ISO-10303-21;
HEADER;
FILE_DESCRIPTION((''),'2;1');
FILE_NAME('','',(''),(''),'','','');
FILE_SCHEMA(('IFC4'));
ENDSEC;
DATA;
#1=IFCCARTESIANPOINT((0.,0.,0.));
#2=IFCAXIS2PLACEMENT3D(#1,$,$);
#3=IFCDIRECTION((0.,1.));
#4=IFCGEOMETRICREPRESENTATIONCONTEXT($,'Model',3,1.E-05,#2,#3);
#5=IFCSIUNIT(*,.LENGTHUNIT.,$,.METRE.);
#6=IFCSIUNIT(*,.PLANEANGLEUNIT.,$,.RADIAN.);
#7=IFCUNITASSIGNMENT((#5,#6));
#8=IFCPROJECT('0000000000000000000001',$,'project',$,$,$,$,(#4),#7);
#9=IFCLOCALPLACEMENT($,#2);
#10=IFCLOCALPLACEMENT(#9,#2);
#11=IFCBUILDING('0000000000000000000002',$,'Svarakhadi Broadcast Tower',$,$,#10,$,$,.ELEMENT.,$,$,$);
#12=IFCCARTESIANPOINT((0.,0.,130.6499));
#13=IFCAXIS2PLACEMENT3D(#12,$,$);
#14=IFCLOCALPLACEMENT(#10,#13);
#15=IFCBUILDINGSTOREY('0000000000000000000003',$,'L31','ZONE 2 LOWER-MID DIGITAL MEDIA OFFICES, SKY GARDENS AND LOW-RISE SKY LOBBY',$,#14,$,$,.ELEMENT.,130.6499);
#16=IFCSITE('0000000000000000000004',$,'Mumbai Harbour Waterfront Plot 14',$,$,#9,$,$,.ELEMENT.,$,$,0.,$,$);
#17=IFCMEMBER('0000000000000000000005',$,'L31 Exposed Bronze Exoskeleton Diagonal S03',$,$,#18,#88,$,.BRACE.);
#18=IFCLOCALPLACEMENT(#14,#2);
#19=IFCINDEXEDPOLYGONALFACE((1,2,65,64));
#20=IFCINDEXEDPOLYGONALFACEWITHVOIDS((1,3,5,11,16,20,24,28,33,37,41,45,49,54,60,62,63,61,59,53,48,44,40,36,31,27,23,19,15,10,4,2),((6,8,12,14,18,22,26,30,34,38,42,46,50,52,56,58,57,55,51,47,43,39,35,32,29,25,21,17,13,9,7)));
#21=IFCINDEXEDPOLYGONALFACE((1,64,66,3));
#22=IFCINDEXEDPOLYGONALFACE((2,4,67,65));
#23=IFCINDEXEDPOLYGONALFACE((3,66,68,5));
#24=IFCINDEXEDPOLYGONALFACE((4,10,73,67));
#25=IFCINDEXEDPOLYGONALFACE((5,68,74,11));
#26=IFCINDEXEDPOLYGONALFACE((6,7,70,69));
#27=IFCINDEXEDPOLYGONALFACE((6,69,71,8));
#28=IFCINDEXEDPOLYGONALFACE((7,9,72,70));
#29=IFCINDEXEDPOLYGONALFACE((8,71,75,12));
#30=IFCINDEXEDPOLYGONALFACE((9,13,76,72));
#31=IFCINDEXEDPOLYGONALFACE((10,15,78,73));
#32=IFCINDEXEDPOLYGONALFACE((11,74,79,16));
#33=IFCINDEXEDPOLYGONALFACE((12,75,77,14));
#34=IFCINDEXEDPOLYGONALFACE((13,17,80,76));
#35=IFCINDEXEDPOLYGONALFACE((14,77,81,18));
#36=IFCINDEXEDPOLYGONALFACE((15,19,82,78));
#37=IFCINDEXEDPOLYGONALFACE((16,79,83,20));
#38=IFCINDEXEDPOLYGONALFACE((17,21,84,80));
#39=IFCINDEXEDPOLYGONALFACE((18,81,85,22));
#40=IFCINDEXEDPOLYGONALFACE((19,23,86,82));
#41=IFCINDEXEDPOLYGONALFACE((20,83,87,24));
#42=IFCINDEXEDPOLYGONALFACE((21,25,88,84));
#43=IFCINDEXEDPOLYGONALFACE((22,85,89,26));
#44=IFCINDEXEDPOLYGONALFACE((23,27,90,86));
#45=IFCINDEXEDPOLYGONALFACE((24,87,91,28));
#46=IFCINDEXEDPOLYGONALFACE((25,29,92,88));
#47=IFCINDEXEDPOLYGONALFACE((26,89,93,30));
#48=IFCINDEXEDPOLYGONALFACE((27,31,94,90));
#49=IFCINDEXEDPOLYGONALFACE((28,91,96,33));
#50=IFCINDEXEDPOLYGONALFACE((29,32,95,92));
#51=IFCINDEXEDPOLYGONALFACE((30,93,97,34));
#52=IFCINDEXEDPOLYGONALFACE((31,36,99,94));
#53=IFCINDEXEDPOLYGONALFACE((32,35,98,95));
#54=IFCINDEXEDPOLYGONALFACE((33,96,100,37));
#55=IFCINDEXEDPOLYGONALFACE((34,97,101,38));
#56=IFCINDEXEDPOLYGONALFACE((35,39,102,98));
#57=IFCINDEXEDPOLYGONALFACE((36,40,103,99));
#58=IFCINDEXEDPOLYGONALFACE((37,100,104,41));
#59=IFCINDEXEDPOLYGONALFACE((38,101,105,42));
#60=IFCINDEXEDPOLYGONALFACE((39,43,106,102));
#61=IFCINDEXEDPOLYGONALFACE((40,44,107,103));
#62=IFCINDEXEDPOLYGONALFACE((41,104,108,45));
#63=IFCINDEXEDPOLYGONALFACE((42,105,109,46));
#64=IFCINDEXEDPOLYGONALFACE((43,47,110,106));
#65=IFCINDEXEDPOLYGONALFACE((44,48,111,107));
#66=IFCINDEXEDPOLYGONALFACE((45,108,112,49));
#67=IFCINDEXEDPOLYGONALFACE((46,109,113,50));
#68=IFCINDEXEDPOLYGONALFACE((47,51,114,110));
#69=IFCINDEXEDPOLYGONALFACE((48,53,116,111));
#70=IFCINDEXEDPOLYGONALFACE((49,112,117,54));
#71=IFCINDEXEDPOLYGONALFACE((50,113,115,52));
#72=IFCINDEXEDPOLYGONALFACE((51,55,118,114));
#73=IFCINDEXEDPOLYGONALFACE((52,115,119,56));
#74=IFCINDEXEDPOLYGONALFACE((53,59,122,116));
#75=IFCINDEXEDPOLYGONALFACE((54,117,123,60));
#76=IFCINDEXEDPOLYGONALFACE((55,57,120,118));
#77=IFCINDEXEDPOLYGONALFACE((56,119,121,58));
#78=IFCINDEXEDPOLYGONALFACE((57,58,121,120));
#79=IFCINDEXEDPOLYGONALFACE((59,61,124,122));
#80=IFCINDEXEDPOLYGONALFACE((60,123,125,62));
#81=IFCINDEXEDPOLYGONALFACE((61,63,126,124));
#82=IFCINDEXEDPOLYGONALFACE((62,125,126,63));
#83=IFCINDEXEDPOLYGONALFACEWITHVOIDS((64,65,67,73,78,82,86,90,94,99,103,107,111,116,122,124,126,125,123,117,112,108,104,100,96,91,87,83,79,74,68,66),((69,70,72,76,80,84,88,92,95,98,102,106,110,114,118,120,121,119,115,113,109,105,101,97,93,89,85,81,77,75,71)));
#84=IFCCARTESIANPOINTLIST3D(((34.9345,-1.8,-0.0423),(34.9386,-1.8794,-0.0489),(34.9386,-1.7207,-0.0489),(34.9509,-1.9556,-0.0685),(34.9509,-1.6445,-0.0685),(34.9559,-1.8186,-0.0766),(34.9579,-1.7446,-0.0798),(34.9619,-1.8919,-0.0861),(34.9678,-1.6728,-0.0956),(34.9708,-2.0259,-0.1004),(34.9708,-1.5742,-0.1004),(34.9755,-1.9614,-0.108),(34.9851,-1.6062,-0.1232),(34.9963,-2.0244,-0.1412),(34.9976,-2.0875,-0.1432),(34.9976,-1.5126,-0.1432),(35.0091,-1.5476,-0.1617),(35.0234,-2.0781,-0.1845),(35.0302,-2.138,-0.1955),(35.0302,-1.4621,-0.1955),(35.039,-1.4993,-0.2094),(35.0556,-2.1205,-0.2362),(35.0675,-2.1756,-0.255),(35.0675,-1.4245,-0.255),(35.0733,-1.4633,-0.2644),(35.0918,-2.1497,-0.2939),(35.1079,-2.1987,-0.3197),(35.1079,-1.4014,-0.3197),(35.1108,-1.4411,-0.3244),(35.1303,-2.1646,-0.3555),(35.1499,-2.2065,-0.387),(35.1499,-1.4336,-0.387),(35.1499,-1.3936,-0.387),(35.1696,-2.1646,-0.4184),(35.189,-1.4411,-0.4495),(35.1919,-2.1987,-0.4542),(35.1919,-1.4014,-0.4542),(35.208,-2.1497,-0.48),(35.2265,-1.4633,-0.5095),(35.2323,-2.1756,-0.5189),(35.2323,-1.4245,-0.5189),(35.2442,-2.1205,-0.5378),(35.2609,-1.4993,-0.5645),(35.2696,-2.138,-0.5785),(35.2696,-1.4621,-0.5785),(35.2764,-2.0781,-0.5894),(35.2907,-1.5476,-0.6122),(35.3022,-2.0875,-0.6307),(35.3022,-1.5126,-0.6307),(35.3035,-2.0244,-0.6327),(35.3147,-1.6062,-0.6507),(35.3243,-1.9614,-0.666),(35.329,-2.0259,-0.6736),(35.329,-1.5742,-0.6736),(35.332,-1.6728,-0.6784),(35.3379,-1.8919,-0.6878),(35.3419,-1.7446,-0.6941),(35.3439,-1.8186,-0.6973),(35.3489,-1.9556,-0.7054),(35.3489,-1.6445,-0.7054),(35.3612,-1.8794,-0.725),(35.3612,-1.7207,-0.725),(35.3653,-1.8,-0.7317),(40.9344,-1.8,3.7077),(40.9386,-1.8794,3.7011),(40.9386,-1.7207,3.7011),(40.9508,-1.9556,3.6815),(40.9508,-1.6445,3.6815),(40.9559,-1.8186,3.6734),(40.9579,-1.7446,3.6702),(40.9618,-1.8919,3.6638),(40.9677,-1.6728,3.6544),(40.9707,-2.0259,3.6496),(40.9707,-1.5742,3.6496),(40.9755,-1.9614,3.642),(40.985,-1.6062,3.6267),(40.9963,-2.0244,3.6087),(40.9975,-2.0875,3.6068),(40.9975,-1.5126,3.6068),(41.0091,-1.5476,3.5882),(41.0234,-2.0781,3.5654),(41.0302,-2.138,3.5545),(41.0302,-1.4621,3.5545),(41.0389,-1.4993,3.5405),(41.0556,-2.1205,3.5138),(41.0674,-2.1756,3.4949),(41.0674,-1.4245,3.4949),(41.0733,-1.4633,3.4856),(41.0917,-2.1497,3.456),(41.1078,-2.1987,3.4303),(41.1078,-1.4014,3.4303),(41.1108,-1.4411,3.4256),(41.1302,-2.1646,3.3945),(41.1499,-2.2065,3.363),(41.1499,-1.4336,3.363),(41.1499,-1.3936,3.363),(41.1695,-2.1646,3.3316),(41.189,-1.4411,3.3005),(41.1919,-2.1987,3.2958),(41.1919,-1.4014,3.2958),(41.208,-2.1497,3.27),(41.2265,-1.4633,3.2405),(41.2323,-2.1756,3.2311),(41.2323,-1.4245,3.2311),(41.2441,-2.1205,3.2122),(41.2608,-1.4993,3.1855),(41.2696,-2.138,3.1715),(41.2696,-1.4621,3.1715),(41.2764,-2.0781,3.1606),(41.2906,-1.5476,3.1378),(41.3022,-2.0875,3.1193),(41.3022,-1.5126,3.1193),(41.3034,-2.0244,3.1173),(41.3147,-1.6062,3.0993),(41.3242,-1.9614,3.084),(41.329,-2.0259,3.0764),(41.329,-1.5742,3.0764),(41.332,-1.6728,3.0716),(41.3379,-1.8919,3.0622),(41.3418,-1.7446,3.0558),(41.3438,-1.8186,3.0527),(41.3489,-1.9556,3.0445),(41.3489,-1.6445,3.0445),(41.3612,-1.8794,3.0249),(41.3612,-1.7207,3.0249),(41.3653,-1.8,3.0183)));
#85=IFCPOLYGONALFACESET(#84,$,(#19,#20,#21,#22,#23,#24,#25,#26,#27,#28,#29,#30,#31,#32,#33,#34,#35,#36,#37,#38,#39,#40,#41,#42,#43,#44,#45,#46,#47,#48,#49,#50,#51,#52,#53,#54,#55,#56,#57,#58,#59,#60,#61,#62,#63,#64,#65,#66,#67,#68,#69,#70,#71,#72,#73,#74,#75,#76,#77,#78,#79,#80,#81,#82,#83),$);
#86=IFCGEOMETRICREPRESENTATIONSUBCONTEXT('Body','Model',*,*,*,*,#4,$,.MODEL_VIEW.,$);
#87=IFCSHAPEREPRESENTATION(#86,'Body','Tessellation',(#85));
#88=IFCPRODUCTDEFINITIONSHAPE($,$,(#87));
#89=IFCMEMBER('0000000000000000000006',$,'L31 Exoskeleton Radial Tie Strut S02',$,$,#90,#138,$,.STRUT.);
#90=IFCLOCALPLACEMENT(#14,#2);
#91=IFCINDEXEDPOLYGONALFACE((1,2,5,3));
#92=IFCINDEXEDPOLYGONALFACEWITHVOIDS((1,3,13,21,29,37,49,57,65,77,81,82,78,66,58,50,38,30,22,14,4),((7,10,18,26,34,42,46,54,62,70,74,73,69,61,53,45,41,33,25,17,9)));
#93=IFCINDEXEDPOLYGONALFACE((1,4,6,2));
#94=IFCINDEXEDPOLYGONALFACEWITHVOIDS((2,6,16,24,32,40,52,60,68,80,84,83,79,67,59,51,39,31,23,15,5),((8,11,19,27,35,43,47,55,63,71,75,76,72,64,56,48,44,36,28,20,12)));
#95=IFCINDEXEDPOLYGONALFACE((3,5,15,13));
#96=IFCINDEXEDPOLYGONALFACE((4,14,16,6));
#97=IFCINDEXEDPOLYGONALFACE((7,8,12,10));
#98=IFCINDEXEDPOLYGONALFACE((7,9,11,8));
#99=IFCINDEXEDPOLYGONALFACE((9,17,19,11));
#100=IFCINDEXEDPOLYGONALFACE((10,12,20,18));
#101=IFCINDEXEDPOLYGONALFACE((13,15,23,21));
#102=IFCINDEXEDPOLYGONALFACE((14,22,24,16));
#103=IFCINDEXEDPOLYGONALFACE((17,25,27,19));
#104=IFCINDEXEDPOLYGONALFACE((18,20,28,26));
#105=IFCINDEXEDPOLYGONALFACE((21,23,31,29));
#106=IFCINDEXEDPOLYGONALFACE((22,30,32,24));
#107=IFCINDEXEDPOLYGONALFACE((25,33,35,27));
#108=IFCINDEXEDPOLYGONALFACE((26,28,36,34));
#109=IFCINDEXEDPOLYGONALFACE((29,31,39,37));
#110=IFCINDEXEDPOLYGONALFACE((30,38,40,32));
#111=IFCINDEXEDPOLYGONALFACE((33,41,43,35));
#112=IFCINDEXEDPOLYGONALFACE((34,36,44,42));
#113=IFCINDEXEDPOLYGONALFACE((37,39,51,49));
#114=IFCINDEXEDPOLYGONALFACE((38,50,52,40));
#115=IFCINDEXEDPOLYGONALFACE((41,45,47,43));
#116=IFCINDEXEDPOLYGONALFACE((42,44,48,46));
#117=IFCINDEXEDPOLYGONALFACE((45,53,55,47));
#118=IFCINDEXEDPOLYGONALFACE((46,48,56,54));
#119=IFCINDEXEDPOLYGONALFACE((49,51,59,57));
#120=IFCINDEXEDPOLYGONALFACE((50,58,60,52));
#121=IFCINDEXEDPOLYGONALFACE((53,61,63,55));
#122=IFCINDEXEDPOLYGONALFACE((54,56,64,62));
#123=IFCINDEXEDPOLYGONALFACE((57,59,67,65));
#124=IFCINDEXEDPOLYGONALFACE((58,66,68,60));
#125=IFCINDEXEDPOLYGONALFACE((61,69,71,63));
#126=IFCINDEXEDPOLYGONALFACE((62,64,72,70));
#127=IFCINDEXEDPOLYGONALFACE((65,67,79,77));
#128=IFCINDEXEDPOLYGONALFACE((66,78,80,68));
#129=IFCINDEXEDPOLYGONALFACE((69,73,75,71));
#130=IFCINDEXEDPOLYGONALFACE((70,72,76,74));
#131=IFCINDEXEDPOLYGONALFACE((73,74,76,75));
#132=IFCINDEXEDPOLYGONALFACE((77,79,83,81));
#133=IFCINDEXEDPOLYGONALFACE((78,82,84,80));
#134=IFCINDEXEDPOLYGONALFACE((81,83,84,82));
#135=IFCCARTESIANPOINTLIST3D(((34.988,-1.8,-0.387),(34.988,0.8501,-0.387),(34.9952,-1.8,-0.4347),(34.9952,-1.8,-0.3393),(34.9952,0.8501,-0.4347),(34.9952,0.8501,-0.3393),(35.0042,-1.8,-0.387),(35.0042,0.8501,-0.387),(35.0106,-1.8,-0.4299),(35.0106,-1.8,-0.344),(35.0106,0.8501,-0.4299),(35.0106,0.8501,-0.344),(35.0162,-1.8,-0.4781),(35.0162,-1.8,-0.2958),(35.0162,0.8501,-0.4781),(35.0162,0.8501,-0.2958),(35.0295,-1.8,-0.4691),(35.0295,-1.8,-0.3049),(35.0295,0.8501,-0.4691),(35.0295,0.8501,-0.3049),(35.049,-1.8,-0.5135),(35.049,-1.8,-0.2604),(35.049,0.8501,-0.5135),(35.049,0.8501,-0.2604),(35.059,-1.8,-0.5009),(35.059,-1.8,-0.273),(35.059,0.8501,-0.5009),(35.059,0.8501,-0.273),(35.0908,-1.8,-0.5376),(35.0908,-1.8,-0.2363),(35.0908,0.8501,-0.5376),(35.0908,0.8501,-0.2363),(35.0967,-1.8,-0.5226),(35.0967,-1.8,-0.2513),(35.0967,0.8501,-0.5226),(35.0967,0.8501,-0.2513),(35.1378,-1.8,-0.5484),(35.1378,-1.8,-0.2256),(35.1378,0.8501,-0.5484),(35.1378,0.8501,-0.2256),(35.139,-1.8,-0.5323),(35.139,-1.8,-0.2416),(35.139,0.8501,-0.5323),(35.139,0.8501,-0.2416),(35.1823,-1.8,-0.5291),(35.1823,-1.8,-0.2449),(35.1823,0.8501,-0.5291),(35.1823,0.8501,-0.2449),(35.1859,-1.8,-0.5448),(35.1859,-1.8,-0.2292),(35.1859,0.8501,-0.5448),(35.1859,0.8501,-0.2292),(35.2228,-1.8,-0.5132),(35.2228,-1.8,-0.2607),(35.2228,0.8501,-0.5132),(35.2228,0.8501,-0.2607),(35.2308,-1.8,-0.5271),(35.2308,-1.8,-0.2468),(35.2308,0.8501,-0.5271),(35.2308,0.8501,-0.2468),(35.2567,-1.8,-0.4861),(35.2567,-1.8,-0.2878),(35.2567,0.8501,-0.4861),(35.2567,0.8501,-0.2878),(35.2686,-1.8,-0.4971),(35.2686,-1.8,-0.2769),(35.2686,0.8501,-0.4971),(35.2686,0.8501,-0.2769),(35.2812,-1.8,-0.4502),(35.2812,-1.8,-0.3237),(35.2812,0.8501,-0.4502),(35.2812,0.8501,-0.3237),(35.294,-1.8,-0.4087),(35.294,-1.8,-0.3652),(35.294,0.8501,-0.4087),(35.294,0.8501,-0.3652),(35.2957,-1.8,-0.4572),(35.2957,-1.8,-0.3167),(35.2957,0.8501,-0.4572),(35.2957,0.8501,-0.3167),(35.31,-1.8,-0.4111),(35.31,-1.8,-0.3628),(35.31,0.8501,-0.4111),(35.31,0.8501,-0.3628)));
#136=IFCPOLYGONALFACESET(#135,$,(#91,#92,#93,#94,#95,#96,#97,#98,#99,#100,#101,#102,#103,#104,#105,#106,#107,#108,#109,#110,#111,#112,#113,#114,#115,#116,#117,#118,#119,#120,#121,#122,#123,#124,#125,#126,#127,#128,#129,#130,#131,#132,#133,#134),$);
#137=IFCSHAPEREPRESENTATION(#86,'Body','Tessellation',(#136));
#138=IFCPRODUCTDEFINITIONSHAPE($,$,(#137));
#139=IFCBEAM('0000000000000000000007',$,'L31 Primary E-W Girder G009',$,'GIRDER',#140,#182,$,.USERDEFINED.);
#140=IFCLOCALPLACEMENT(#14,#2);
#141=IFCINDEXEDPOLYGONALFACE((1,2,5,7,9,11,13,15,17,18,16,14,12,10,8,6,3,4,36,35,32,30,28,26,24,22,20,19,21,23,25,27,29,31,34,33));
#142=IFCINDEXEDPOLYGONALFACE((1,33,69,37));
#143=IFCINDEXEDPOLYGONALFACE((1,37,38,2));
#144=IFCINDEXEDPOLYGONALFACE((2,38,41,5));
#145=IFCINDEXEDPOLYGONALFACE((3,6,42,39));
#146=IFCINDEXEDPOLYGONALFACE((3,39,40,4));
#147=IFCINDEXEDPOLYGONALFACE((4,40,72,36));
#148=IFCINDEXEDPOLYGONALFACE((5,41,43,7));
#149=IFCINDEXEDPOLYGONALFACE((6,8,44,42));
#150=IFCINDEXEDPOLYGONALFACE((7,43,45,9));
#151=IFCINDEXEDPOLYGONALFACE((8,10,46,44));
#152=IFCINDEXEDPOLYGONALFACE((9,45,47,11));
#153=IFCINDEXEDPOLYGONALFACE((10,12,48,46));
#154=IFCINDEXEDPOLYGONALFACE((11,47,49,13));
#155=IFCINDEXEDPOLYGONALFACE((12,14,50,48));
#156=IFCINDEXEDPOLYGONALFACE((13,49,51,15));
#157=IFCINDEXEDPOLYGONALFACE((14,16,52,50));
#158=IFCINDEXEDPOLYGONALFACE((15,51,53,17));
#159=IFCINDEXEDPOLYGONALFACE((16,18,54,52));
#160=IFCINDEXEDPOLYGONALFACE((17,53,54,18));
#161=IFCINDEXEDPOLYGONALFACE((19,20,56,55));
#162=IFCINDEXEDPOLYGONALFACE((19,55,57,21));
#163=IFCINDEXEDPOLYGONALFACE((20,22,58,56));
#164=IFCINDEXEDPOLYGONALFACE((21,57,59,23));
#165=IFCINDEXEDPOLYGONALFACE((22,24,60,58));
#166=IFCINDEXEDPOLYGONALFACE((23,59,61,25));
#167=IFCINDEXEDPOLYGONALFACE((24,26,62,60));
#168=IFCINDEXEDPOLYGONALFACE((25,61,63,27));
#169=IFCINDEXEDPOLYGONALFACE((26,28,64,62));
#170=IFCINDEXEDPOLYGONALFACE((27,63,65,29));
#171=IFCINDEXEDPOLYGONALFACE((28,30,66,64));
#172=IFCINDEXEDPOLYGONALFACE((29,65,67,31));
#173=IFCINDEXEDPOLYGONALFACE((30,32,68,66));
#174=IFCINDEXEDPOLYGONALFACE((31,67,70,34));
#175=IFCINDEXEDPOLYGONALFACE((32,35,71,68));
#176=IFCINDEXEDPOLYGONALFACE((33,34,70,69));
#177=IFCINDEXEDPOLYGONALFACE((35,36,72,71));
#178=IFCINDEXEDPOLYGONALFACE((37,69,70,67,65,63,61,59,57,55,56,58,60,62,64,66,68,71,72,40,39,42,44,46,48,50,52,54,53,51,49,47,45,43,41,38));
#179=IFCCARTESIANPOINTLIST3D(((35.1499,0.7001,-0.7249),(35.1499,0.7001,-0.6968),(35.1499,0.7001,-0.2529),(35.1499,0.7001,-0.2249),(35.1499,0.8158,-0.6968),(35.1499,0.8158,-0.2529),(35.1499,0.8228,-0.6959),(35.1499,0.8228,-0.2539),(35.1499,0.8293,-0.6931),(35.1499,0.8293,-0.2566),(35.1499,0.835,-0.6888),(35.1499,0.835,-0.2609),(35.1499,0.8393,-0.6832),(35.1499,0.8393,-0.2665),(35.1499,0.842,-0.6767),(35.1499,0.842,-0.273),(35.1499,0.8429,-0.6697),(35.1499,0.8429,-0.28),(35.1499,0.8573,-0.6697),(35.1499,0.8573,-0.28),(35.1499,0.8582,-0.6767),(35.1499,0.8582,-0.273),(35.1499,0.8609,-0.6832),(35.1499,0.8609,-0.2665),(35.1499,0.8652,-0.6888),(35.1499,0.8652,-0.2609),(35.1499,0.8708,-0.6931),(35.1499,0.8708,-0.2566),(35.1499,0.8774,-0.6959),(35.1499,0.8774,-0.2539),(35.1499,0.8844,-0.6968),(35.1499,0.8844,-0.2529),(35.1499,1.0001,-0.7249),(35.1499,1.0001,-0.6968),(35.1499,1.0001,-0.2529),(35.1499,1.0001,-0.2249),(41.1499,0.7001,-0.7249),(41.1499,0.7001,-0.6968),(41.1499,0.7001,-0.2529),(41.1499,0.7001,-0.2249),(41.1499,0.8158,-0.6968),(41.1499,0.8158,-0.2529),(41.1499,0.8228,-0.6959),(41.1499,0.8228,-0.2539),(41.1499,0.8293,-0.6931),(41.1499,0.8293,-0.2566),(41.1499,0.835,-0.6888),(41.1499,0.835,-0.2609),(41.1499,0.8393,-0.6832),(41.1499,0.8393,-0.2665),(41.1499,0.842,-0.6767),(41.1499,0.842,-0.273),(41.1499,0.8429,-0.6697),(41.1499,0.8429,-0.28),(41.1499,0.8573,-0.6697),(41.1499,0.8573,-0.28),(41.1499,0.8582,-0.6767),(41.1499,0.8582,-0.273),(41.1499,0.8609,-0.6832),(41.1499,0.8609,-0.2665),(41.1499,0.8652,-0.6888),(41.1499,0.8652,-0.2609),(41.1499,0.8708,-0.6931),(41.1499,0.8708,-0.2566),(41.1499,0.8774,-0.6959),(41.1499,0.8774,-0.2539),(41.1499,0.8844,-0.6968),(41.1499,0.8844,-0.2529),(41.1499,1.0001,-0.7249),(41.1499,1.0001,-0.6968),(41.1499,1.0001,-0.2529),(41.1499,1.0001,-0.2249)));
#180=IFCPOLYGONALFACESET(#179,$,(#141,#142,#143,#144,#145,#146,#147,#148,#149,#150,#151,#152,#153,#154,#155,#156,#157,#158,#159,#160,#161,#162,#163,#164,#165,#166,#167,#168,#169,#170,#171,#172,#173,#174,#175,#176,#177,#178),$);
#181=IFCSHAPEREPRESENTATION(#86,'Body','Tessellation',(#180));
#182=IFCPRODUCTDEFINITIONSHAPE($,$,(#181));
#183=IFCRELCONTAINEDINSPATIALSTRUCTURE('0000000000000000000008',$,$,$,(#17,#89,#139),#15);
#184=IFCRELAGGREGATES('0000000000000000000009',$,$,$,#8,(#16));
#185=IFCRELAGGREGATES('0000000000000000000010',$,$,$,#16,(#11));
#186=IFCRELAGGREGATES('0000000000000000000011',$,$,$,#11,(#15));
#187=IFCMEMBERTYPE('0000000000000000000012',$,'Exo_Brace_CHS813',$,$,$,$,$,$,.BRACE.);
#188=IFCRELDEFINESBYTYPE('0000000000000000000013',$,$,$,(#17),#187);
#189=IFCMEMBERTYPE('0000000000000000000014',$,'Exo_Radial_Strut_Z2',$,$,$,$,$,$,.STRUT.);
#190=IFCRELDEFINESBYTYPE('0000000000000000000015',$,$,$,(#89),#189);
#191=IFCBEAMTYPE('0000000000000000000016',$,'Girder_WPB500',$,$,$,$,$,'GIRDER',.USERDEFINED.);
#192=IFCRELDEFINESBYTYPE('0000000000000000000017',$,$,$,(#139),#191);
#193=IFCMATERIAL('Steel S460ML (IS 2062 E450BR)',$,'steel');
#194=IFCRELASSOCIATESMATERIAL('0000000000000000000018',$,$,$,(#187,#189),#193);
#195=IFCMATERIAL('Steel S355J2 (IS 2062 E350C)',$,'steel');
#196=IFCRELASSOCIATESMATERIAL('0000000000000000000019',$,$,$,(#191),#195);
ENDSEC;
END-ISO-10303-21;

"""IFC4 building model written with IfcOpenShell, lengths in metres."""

from ifc_helpers import new_model, si_unit, direction, frame, origin, origin_2d, place, context, subcontext, project, spatial, hollow_circle, i_section, extrude, material, material_profile, profile_set, type_object, element, save


model = new_model("IFC4")

# Units and contexts
model_context = context("Model", 3, precision=1e-05, world=origin(), true_north=direction((0.0, 1.0)))
body_context = subcontext(model_context, "Body", "Model", "MODEL_VIEW")
ifc_project = project(units=[si_unit("LENGTHUNIT", "METRE"), si_unit("PLANEANGLEUNIT", "RADIAN")], contexts=[model_context])

# Site, building, storey
site_placement = place(None, origin())
site = spatial("IfcSite", under=ifc_project, at=site_placement, Name="Mumbai Harbour Waterfront Plot 14", CompositionType="ELEMENT", RefElevation=0.0)
building_placement = place(site_placement, origin())
building = spatial("IfcBuilding", under=site, at=building_placement, Name="Svarakhadi Broadcast Tower", CompositionType="ELEMENT")
storey_placement = place(building_placement, frame((0.0, 0.0, 130.6499)))
storey = spatial("IfcBuildingStorey", under=building, at=storey_placement, Name="L31", Description="ZONE 2 LOWER-MID DIGITAL MEDIA OFFICES, SKY GARDENS AND LOW-RISE SKY LOBBY", CompositionType="ELEMENT", Elevation=130.6499)

# Members
ifc_material_1 = material(Name="Steel S460ML (IS 2062 E450BR)", Category="steel")
ifc_material_profile_1 = material_profile(ifc_material_1, hollow_circle(Radius=0.4065, WallThickness=0.04, at=origin_2d()), Name="CHS 813x40")
ifc_profile_set_1 = profile_set([ifc_material_profile_1], Name="Steel S460ML (IS 2062 E450BR)")
member_type_1 = type_object("IfcMemberType", Name="Exo_Brace_CHS813", PredefinedType="BRACE", material=ifc_profile_set_1)
member_1_placement = place(storey_placement, frame((35.1499, -1.8, -0.387), z_axis=(0.847998, 0.0, 0.529999), x_axis=(0.0, 1.0, 0.0)))
element("IfcMember", 1, at=member_1_placement, inside=storey, type_object=member_type_1, Name="L31 Exposed Bronze Exoskeleton Diagonal S03", PredefinedType="BRACE", context=body_context, shape_type="SweptSolid", body=[
    extrude(hollow_circle(Radius=0.4065, WallThickness=0.04, at=origin_2d()), origin(), (0.0, 0.0, 1.0), 7.0754),
])
ifc_material_profile_2 = material_profile(ifc_material_1, hollow_circle(Radius=0.1619, WallThickness=0.0161, at=origin_2d()), Name="CHS 323.9x16")
ifc_profile_set_2 = profile_set([ifc_material_profile_2], Name="Steel S460ML (IS 2062 E450BR)")
member_type_2 = type_object("IfcMemberType", Name="Exo_Radial_Strut_Z2", PredefinedType="STRUT", material=ifc_profile_set_2)
member_2_placement = place(storey_placement, frame((35.1499, -1.8, -0.387), z_axis=(0.0, 1.0, 0.0), x_axis=(-1.0, 0.0, 0.0)))
element("IfcMember", 2, at=member_2_placement, inside=storey, type_object=member_type_2, Name="L31 Exoskeleton Radial Tie Strut S02", PredefinedType="STRUT", context=body_context, shape_type="SweptSolid", body=[
    extrude(hollow_circle(Radius=0.1619, WallThickness=0.0161, at=origin_2d()), origin(), (0.0, 0.0, 1.0), 2.6501),
])

# Beam
ifc_material_2 = material(Name="Steel S355J2 (IS 2062 E350C)", Category="steel")
ifc_material_profile_3 = material_profile(ifc_material_2, i_section(OverallWidth=0.3, OverallDepth=0.5, WebThickness=0.0144, FlangeThickness=0.0281, FilletRadius=0.0271, at=origin_2d()), Name="WPB 500x300x187")
ifc_profile_set_3 = profile_set([ifc_material_profile_3], Name="Steel S355J2 (IS 2062 E350C)")
beam_type = type_object("IfcBeamType", Name="Girder_WPB500", ElementType="GIRDER", PredefinedType="USERDEFINED", material=ifc_profile_set_3)
beam_1_placement = place(storey_placement, frame((35.1499, 0.8501, -0.4749), z_axis=(1.0, 0.0, 0.0), x_axis=(0.0, 1.0, 0.0)))
element("IfcBeam", 3, at=beam_1_placement, inside=storey, type_object=beam_type, Name="L31 Primary E-W Girder G009", ObjectType="GIRDER", PredefinedType="USERDEFINED", context=body_context, shape_type="SweptSolid", body=[
    extrude(i_section(OverallWidth=0.3, OverallDepth=0.5, WebThickness=0.0144, FlangeThickness=0.0281, FilletRadius=0.0271, at=origin_2d()), origin(), (0.0, 0.0, 1.0), 6.0),
])

save(model, "model.ifc")
